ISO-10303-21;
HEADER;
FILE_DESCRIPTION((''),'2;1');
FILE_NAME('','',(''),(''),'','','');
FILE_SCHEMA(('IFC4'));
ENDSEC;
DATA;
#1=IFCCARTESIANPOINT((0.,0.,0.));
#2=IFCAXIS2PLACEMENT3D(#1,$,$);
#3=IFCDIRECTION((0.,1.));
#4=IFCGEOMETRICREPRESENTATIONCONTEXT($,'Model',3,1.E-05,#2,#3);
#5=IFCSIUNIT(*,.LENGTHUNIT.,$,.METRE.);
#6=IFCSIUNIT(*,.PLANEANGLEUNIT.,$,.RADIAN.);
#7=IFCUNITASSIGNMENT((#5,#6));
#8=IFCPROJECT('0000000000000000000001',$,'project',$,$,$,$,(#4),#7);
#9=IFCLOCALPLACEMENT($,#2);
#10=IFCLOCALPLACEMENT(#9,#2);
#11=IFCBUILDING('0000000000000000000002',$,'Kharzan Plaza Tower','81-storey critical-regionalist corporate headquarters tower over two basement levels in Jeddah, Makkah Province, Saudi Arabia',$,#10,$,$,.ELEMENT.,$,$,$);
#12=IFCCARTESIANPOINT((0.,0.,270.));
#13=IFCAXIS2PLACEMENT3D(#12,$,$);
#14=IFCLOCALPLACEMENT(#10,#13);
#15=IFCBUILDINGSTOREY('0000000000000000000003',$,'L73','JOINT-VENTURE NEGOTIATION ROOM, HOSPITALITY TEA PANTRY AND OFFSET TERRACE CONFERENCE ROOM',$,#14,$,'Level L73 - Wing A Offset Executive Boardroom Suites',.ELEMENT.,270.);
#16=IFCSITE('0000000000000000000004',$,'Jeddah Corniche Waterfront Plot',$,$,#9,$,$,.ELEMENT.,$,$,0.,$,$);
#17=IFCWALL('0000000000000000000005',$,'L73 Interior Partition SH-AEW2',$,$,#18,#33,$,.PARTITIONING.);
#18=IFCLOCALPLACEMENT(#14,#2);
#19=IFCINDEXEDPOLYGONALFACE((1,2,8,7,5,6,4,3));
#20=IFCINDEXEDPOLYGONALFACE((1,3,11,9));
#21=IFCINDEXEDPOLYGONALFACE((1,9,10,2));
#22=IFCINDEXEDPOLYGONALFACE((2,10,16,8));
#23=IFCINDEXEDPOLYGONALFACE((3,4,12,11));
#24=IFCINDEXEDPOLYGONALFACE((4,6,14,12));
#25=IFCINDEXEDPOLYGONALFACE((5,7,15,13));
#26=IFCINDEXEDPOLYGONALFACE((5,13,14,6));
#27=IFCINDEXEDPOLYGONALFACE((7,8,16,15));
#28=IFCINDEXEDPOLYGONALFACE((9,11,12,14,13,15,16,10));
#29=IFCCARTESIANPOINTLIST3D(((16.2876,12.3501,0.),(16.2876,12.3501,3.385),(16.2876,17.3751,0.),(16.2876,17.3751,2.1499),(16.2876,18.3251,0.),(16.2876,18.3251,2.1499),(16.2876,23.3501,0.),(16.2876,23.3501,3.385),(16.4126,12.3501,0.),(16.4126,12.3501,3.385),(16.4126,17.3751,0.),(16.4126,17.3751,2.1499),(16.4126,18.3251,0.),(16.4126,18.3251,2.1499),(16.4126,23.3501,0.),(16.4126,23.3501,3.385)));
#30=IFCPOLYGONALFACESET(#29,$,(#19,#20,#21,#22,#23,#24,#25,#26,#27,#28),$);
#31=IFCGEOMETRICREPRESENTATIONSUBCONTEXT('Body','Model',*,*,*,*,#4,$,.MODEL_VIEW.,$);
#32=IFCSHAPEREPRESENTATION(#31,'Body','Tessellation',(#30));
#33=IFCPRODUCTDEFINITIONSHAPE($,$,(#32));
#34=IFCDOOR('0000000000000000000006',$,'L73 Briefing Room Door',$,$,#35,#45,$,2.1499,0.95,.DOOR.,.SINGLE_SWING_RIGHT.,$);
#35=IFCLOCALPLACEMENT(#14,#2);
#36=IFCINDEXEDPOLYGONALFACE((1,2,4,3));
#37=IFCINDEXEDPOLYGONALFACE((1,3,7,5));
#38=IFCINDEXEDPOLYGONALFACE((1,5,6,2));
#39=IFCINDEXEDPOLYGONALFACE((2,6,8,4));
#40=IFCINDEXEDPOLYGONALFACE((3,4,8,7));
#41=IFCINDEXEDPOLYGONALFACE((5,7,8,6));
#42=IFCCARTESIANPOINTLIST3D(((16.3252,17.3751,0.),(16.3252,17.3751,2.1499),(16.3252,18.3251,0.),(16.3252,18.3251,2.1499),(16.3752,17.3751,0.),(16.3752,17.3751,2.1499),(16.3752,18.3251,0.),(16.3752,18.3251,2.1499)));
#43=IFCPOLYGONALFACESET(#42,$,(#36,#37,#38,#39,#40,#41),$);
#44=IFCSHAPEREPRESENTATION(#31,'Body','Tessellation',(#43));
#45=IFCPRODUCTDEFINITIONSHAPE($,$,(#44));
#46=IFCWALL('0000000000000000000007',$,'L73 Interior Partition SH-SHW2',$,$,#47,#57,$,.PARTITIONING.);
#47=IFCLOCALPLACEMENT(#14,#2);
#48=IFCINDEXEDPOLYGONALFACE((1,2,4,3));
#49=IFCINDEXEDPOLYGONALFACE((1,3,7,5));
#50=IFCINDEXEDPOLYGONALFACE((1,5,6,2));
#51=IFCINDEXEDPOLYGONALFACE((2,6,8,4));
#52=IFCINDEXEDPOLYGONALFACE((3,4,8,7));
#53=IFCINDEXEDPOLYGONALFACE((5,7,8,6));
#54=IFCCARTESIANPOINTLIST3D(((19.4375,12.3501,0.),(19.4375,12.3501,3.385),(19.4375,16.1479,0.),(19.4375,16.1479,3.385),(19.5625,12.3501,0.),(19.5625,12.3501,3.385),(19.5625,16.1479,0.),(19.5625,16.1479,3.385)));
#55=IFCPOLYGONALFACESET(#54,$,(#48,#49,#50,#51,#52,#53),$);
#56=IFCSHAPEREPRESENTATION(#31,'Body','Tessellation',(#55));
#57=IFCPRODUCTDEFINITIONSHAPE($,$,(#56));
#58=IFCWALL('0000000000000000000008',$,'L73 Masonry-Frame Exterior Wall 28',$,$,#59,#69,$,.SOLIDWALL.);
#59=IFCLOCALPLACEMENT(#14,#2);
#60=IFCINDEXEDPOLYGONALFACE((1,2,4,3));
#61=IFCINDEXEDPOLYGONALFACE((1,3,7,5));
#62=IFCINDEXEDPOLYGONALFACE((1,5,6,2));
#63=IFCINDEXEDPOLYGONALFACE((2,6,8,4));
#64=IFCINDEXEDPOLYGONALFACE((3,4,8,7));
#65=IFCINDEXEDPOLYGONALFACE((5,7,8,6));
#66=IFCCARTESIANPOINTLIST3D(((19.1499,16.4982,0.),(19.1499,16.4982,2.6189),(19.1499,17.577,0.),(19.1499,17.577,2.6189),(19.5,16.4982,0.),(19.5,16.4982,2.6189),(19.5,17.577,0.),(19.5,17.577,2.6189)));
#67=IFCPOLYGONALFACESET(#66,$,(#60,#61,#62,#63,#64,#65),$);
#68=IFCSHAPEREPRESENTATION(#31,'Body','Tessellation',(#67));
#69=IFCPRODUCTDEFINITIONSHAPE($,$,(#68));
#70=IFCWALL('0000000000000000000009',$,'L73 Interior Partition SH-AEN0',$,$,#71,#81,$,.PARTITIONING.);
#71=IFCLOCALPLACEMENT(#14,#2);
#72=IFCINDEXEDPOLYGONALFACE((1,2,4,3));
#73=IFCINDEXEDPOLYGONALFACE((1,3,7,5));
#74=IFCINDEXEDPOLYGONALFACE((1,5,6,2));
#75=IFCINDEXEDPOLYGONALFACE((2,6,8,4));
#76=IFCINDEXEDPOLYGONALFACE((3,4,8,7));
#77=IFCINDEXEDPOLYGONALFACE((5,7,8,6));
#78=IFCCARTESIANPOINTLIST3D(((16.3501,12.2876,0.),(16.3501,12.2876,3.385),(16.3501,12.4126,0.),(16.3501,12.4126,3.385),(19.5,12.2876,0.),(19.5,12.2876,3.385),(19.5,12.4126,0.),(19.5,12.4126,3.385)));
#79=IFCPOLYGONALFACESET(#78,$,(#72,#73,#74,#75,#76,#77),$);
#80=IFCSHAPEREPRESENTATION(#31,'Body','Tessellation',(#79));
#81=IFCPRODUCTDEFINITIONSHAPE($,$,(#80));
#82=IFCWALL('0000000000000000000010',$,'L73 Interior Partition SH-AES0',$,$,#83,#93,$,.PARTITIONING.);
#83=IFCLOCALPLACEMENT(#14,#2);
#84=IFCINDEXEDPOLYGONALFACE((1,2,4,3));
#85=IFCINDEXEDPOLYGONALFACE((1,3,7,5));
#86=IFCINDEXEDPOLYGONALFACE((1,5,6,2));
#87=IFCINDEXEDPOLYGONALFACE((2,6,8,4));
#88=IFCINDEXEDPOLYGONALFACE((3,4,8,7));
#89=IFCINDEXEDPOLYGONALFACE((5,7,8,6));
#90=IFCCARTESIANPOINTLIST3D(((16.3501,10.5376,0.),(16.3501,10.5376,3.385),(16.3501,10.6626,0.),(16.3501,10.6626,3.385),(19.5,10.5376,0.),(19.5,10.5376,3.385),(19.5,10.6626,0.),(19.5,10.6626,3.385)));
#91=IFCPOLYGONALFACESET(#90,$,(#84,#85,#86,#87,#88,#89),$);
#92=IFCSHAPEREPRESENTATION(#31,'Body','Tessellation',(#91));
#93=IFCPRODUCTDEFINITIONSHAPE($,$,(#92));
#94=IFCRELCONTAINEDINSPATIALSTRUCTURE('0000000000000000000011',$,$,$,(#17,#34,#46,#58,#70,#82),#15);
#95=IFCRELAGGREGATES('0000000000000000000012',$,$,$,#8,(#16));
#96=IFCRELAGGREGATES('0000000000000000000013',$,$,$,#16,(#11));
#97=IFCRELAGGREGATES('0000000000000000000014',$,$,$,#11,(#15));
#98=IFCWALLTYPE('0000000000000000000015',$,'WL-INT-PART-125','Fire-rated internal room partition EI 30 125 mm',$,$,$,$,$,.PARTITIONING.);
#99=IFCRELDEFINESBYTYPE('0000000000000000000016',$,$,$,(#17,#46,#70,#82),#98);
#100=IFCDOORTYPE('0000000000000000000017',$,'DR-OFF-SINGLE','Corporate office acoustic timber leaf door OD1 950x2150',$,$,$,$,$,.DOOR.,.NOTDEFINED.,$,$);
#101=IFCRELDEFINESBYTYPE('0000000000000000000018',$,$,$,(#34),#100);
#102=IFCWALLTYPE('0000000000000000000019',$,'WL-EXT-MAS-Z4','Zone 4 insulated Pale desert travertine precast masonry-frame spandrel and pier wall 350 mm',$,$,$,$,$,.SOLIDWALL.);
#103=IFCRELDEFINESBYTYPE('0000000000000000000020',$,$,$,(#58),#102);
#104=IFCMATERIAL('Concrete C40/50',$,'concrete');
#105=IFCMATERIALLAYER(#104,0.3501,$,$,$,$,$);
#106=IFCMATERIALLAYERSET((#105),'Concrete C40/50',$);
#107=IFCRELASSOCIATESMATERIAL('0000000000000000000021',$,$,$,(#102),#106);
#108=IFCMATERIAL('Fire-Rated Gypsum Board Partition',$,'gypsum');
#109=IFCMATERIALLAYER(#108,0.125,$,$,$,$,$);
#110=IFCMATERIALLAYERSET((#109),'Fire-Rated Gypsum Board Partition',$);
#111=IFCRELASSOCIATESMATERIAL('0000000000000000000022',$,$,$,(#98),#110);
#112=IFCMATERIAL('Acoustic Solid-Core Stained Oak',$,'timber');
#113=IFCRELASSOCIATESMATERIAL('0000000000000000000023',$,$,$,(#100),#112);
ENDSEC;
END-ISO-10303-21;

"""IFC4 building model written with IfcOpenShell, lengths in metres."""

from ifc_helpers import new_model, si_unit, direction, frame, frame_2d, origin, place, context, subcontext, project, spatial, rectangle, extrude, source, transform, mapped, material, layer, layer_set, type_object, element, fill, save


model = new_model("IFC4")

# Units and contexts
model_context = context("Model", 3, precision=1e-05, world=origin(), true_north=direction((0.0, 1.0)))
body_context = subcontext(model_context, "Body", "Model", "MODEL_VIEW")
ifc_project = project(units=[si_unit("LENGTHUNIT", "METRE"), si_unit("PLANEANGLEUNIT", "RADIAN")], contexts=[model_context])

# Site, building, storey
site_placement = place(None, origin())
site = spatial("IfcSite", under=ifc_project, at=site_placement, Name="Jeddah Corniche Waterfront Plot", CompositionType="ELEMENT", RefElevation=0.0)
building_placement = place(site_placement, origin())
building = spatial("IfcBuilding", under=site, at=building_placement, Name="Kharzan Plaza Tower", Description="81-storey critical-regionalist corporate headquarters tower over two basement levels in Jeddah, Makkah Province, Saudi Arabia", CompositionType="ELEMENT")
storey_placement = place(building_placement, frame((0.0, 0.0, 270.0)))
storey = spatial("IfcBuildingStorey", under=building, at=storey_placement, Name="L73", Description="JOINT-VENTURE NEGOTIATION ROOM, HOSPITALITY TEA PANTRY AND OFFSET TERRACE CONFERENCE ROOM", LongName="Level L73 - Wing A Offset Executive Boardroom Suites", CompositionType="ELEMENT", Elevation=270.0)

# Shared definitions
ifc_material_1 = material(Name="Concrete C40/50", Category="concrete")
ifc_layer_1 = layer(ifc_material_1, 0.3501)
ifc_layer_set_1 = layer_set([ifc_layer_1], Name="Concrete C40/50")
wall_type_1 = type_object("IfcWallType", Name="WL-EXT-MAS-Z4", Description="Zone 4 insulated Pale desert travertine precast masonry-frame spandrel and pier wall 350 mm", PredefinedType="SOLIDWALL", material=ifc_layer_set_1)

# Wall, opening, door
ifc_material_2 = material(Name="Fire-Rated Gypsum Board Partition", Category="gypsum")
ifc_layer_2 = layer(ifc_material_2, 0.125)
ifc_layer_set_2 = layer_set([ifc_layer_2], Name="Fire-Rated Gypsum Board Partition")
wall_type_2 = type_object("IfcWallType", Name="WL-INT-PART-125", Description="Fire-rated internal room partition EI 30 125 mm", PredefinedType="PARTITIONING", material=ifc_layer_set_2)
wall_1_placement = place(storey_placement, frame((16.3501, 12.3501, 0.0), z_axis=(0.0, 0.0, 1.0), x_axis=(0.0, 1.0, 0.0)))
wall_1 = element("IfcWall", 1, at=wall_1_placement, inside=storey, type_object=wall_type_2, Name="L73 Interior Partition SH-AEW2", PredefinedType="PARTITIONING", context=body_context, shape_type="SweptSolid", body=[
    extrude(rectangle(XDim=11.0, YDim=0.125, at=frame_2d((5.5, 0.0))), origin(), (0.0, 0.0, 1.0), 3.385),
])
opening_1_placement = place(wall_1_placement, frame((5.0249, 0.0, 0.0)))
opening_1 = element("IfcOpeningElement", 2, at=opening_1_placement, cuts=wall_1, PredefinedType="OPENING", context=body_context, shape_type="SweptSolid", body=[
    extrude(rectangle(XDim=0.95, YDim=2.1499, at=frame_2d((0.4751, 1.075))), frame((0.0, 0.0725, 0.0), z_axis=(0.0, -1.0, 0.0), x_axis=(1.0, 0.0, 0.0)), (0.0, 0.0, 1.0), 0.145),
])
ifc_material_3 = material(Name="Acoustic Solid-Core Stained Oak", Category="timber")
door_type = type_object("IfcDoorType", Name="DR-OFF-SINGLE", Description="Corporate office acoustic timber leaf door OD1 950x2150", OperationType="NOTDEFINED", PredefinedType="DOOR", material=ifc_material_3)
shared_shape_1 = source(origin(), body_context, "Body", "SweptSolid", [
    extrude(rectangle(XDim=0.95, YDim=2.1499, at=frame_2d((0.4751, 1.075))), frame((0.0, 0.0249, 0.0), z_axis=(0.0, -1.0, 0.0), x_axis=(1.0, 0.0, 0.0)), (0.0, 0.0, 1.0), 0.05),
])
door_1_placement = place(opening_1_placement, origin())
door_1 = element("IfcDoor", 3, at=door_1_placement, inside=storey, type_object=door_type, Name="L73 Briefing Room Door", OperationType="SINGLE_SWING_RIGHT", OverallHeight=2.1499, OverallWidth=0.95, PredefinedType="DOOR", context=body_context, shape_type="MappedRepresentation", body=[
    mapped(shared_shape_1, transform((0.0, 0.0, 0.0), x_axis=(1.0, 0.0, 0.0), y_axis=(0.0, 1.0, 0.0), z_axis=(0.0, 0.0, 1.0))),
])
fill(opening_1, door_1)

# Walls
shared_shape_2 = source(origin(), body_context, "Body", "SweptSolid", [
    extrude(rectangle(XDim=3.7979, YDim=0.125, at=frame_2d((1.8989, 0.0))), origin(), (0.0, 0.0, 1.0), 3.385),
])
wall_2_placement = place(storey_placement, frame((19.5, 12.3501, 0.0), z_axis=(0.0, 0.0, 1.0), x_axis=(0.0, 1.0, 0.0)))
element("IfcWall", 4, at=wall_2_placement, inside=storey, type_object=wall_type_2, Name="L73 Interior Partition SH-SHW2", PredefinedType="PARTITIONING", context=body_context, shape_type="MappedRepresentation", body=[
    mapped(shared_shape_2, transform((0.0, 0.0, 0.0), x_axis=(1.0, 0.0, 0.0), y_axis=(0.0, 1.0, 0.0), z_axis=(0.0, 0.0, 1.0))),
])
shared_shape_3 = source(origin(), body_context, "Body", "SweptSolid", [
    extrude(rectangle(XDim=1.0789, YDim=0.3501, at=frame_2d((0.5396, 0.0))), origin(), (0.0, 0.0, 1.0), 2.6189),
])
wall_3_placement = place(storey_placement, frame((19.325, 16.498, 0.0), z_axis=(0.0, 0.0, 1.0), x_axis=(0.0, 1.0, 0.0)))
element("IfcWall", 5, at=wall_3_placement, inside=storey, type_object=wall_type_1, Name="L73 Masonry-Frame Exterior Wall 28", PredefinedType="SOLIDWALL", context=body_context, shape_type="MappedRepresentation", body=[
    mapped(shared_shape_3, transform((0.0, 0.0, 0.0), x_axis=(1.0, 0.0, 0.0), y_axis=(0.0, 1.0, 0.0), z_axis=(0.0, 0.0, 1.0))),
])
shared_shape_4 = source(origin(), body_context, "Body", "SweptSolid", [
    extrude(rectangle(XDim=3.1499, YDim=0.125, at=frame_2d((1.575, 0.0))), origin(), (0.0, 0.0, 1.0), 3.385),
])
for number, where, z_axis, x_axis, name in (
    (6, (16.3501, 12.3501, 0.0), (0.0, 0.0, 1.0), (1.0, 0.0, 0.0), "L73 Interior Partition SH-AEN0"),
    (7, (16.3501, 10.6001, 0.0), (0.0, 0.0, 1.0), (1.0, 0.0, 0.0), "L73 Interior Partition SH-AES0"),
):
    element("IfcWall", number, at=place(storey_placement, frame(where, z_axis=z_axis, x_axis=x_axis)), inside=storey, type_object=wall_type_2, Name=name, PredefinedType="PARTITIONING", context=body_context, shape_type="MappedRepresentation", body=[
        mapped(shared_shape_4, transform((0.0, 0.0, 0.0), x_axis=(1.0, 0.0, 0.0), y_axis=(0.0, 1.0, 0.0), z_axis=(0.0, 0.0, 1.0))),
    ])

save(model, "model.ifc")
